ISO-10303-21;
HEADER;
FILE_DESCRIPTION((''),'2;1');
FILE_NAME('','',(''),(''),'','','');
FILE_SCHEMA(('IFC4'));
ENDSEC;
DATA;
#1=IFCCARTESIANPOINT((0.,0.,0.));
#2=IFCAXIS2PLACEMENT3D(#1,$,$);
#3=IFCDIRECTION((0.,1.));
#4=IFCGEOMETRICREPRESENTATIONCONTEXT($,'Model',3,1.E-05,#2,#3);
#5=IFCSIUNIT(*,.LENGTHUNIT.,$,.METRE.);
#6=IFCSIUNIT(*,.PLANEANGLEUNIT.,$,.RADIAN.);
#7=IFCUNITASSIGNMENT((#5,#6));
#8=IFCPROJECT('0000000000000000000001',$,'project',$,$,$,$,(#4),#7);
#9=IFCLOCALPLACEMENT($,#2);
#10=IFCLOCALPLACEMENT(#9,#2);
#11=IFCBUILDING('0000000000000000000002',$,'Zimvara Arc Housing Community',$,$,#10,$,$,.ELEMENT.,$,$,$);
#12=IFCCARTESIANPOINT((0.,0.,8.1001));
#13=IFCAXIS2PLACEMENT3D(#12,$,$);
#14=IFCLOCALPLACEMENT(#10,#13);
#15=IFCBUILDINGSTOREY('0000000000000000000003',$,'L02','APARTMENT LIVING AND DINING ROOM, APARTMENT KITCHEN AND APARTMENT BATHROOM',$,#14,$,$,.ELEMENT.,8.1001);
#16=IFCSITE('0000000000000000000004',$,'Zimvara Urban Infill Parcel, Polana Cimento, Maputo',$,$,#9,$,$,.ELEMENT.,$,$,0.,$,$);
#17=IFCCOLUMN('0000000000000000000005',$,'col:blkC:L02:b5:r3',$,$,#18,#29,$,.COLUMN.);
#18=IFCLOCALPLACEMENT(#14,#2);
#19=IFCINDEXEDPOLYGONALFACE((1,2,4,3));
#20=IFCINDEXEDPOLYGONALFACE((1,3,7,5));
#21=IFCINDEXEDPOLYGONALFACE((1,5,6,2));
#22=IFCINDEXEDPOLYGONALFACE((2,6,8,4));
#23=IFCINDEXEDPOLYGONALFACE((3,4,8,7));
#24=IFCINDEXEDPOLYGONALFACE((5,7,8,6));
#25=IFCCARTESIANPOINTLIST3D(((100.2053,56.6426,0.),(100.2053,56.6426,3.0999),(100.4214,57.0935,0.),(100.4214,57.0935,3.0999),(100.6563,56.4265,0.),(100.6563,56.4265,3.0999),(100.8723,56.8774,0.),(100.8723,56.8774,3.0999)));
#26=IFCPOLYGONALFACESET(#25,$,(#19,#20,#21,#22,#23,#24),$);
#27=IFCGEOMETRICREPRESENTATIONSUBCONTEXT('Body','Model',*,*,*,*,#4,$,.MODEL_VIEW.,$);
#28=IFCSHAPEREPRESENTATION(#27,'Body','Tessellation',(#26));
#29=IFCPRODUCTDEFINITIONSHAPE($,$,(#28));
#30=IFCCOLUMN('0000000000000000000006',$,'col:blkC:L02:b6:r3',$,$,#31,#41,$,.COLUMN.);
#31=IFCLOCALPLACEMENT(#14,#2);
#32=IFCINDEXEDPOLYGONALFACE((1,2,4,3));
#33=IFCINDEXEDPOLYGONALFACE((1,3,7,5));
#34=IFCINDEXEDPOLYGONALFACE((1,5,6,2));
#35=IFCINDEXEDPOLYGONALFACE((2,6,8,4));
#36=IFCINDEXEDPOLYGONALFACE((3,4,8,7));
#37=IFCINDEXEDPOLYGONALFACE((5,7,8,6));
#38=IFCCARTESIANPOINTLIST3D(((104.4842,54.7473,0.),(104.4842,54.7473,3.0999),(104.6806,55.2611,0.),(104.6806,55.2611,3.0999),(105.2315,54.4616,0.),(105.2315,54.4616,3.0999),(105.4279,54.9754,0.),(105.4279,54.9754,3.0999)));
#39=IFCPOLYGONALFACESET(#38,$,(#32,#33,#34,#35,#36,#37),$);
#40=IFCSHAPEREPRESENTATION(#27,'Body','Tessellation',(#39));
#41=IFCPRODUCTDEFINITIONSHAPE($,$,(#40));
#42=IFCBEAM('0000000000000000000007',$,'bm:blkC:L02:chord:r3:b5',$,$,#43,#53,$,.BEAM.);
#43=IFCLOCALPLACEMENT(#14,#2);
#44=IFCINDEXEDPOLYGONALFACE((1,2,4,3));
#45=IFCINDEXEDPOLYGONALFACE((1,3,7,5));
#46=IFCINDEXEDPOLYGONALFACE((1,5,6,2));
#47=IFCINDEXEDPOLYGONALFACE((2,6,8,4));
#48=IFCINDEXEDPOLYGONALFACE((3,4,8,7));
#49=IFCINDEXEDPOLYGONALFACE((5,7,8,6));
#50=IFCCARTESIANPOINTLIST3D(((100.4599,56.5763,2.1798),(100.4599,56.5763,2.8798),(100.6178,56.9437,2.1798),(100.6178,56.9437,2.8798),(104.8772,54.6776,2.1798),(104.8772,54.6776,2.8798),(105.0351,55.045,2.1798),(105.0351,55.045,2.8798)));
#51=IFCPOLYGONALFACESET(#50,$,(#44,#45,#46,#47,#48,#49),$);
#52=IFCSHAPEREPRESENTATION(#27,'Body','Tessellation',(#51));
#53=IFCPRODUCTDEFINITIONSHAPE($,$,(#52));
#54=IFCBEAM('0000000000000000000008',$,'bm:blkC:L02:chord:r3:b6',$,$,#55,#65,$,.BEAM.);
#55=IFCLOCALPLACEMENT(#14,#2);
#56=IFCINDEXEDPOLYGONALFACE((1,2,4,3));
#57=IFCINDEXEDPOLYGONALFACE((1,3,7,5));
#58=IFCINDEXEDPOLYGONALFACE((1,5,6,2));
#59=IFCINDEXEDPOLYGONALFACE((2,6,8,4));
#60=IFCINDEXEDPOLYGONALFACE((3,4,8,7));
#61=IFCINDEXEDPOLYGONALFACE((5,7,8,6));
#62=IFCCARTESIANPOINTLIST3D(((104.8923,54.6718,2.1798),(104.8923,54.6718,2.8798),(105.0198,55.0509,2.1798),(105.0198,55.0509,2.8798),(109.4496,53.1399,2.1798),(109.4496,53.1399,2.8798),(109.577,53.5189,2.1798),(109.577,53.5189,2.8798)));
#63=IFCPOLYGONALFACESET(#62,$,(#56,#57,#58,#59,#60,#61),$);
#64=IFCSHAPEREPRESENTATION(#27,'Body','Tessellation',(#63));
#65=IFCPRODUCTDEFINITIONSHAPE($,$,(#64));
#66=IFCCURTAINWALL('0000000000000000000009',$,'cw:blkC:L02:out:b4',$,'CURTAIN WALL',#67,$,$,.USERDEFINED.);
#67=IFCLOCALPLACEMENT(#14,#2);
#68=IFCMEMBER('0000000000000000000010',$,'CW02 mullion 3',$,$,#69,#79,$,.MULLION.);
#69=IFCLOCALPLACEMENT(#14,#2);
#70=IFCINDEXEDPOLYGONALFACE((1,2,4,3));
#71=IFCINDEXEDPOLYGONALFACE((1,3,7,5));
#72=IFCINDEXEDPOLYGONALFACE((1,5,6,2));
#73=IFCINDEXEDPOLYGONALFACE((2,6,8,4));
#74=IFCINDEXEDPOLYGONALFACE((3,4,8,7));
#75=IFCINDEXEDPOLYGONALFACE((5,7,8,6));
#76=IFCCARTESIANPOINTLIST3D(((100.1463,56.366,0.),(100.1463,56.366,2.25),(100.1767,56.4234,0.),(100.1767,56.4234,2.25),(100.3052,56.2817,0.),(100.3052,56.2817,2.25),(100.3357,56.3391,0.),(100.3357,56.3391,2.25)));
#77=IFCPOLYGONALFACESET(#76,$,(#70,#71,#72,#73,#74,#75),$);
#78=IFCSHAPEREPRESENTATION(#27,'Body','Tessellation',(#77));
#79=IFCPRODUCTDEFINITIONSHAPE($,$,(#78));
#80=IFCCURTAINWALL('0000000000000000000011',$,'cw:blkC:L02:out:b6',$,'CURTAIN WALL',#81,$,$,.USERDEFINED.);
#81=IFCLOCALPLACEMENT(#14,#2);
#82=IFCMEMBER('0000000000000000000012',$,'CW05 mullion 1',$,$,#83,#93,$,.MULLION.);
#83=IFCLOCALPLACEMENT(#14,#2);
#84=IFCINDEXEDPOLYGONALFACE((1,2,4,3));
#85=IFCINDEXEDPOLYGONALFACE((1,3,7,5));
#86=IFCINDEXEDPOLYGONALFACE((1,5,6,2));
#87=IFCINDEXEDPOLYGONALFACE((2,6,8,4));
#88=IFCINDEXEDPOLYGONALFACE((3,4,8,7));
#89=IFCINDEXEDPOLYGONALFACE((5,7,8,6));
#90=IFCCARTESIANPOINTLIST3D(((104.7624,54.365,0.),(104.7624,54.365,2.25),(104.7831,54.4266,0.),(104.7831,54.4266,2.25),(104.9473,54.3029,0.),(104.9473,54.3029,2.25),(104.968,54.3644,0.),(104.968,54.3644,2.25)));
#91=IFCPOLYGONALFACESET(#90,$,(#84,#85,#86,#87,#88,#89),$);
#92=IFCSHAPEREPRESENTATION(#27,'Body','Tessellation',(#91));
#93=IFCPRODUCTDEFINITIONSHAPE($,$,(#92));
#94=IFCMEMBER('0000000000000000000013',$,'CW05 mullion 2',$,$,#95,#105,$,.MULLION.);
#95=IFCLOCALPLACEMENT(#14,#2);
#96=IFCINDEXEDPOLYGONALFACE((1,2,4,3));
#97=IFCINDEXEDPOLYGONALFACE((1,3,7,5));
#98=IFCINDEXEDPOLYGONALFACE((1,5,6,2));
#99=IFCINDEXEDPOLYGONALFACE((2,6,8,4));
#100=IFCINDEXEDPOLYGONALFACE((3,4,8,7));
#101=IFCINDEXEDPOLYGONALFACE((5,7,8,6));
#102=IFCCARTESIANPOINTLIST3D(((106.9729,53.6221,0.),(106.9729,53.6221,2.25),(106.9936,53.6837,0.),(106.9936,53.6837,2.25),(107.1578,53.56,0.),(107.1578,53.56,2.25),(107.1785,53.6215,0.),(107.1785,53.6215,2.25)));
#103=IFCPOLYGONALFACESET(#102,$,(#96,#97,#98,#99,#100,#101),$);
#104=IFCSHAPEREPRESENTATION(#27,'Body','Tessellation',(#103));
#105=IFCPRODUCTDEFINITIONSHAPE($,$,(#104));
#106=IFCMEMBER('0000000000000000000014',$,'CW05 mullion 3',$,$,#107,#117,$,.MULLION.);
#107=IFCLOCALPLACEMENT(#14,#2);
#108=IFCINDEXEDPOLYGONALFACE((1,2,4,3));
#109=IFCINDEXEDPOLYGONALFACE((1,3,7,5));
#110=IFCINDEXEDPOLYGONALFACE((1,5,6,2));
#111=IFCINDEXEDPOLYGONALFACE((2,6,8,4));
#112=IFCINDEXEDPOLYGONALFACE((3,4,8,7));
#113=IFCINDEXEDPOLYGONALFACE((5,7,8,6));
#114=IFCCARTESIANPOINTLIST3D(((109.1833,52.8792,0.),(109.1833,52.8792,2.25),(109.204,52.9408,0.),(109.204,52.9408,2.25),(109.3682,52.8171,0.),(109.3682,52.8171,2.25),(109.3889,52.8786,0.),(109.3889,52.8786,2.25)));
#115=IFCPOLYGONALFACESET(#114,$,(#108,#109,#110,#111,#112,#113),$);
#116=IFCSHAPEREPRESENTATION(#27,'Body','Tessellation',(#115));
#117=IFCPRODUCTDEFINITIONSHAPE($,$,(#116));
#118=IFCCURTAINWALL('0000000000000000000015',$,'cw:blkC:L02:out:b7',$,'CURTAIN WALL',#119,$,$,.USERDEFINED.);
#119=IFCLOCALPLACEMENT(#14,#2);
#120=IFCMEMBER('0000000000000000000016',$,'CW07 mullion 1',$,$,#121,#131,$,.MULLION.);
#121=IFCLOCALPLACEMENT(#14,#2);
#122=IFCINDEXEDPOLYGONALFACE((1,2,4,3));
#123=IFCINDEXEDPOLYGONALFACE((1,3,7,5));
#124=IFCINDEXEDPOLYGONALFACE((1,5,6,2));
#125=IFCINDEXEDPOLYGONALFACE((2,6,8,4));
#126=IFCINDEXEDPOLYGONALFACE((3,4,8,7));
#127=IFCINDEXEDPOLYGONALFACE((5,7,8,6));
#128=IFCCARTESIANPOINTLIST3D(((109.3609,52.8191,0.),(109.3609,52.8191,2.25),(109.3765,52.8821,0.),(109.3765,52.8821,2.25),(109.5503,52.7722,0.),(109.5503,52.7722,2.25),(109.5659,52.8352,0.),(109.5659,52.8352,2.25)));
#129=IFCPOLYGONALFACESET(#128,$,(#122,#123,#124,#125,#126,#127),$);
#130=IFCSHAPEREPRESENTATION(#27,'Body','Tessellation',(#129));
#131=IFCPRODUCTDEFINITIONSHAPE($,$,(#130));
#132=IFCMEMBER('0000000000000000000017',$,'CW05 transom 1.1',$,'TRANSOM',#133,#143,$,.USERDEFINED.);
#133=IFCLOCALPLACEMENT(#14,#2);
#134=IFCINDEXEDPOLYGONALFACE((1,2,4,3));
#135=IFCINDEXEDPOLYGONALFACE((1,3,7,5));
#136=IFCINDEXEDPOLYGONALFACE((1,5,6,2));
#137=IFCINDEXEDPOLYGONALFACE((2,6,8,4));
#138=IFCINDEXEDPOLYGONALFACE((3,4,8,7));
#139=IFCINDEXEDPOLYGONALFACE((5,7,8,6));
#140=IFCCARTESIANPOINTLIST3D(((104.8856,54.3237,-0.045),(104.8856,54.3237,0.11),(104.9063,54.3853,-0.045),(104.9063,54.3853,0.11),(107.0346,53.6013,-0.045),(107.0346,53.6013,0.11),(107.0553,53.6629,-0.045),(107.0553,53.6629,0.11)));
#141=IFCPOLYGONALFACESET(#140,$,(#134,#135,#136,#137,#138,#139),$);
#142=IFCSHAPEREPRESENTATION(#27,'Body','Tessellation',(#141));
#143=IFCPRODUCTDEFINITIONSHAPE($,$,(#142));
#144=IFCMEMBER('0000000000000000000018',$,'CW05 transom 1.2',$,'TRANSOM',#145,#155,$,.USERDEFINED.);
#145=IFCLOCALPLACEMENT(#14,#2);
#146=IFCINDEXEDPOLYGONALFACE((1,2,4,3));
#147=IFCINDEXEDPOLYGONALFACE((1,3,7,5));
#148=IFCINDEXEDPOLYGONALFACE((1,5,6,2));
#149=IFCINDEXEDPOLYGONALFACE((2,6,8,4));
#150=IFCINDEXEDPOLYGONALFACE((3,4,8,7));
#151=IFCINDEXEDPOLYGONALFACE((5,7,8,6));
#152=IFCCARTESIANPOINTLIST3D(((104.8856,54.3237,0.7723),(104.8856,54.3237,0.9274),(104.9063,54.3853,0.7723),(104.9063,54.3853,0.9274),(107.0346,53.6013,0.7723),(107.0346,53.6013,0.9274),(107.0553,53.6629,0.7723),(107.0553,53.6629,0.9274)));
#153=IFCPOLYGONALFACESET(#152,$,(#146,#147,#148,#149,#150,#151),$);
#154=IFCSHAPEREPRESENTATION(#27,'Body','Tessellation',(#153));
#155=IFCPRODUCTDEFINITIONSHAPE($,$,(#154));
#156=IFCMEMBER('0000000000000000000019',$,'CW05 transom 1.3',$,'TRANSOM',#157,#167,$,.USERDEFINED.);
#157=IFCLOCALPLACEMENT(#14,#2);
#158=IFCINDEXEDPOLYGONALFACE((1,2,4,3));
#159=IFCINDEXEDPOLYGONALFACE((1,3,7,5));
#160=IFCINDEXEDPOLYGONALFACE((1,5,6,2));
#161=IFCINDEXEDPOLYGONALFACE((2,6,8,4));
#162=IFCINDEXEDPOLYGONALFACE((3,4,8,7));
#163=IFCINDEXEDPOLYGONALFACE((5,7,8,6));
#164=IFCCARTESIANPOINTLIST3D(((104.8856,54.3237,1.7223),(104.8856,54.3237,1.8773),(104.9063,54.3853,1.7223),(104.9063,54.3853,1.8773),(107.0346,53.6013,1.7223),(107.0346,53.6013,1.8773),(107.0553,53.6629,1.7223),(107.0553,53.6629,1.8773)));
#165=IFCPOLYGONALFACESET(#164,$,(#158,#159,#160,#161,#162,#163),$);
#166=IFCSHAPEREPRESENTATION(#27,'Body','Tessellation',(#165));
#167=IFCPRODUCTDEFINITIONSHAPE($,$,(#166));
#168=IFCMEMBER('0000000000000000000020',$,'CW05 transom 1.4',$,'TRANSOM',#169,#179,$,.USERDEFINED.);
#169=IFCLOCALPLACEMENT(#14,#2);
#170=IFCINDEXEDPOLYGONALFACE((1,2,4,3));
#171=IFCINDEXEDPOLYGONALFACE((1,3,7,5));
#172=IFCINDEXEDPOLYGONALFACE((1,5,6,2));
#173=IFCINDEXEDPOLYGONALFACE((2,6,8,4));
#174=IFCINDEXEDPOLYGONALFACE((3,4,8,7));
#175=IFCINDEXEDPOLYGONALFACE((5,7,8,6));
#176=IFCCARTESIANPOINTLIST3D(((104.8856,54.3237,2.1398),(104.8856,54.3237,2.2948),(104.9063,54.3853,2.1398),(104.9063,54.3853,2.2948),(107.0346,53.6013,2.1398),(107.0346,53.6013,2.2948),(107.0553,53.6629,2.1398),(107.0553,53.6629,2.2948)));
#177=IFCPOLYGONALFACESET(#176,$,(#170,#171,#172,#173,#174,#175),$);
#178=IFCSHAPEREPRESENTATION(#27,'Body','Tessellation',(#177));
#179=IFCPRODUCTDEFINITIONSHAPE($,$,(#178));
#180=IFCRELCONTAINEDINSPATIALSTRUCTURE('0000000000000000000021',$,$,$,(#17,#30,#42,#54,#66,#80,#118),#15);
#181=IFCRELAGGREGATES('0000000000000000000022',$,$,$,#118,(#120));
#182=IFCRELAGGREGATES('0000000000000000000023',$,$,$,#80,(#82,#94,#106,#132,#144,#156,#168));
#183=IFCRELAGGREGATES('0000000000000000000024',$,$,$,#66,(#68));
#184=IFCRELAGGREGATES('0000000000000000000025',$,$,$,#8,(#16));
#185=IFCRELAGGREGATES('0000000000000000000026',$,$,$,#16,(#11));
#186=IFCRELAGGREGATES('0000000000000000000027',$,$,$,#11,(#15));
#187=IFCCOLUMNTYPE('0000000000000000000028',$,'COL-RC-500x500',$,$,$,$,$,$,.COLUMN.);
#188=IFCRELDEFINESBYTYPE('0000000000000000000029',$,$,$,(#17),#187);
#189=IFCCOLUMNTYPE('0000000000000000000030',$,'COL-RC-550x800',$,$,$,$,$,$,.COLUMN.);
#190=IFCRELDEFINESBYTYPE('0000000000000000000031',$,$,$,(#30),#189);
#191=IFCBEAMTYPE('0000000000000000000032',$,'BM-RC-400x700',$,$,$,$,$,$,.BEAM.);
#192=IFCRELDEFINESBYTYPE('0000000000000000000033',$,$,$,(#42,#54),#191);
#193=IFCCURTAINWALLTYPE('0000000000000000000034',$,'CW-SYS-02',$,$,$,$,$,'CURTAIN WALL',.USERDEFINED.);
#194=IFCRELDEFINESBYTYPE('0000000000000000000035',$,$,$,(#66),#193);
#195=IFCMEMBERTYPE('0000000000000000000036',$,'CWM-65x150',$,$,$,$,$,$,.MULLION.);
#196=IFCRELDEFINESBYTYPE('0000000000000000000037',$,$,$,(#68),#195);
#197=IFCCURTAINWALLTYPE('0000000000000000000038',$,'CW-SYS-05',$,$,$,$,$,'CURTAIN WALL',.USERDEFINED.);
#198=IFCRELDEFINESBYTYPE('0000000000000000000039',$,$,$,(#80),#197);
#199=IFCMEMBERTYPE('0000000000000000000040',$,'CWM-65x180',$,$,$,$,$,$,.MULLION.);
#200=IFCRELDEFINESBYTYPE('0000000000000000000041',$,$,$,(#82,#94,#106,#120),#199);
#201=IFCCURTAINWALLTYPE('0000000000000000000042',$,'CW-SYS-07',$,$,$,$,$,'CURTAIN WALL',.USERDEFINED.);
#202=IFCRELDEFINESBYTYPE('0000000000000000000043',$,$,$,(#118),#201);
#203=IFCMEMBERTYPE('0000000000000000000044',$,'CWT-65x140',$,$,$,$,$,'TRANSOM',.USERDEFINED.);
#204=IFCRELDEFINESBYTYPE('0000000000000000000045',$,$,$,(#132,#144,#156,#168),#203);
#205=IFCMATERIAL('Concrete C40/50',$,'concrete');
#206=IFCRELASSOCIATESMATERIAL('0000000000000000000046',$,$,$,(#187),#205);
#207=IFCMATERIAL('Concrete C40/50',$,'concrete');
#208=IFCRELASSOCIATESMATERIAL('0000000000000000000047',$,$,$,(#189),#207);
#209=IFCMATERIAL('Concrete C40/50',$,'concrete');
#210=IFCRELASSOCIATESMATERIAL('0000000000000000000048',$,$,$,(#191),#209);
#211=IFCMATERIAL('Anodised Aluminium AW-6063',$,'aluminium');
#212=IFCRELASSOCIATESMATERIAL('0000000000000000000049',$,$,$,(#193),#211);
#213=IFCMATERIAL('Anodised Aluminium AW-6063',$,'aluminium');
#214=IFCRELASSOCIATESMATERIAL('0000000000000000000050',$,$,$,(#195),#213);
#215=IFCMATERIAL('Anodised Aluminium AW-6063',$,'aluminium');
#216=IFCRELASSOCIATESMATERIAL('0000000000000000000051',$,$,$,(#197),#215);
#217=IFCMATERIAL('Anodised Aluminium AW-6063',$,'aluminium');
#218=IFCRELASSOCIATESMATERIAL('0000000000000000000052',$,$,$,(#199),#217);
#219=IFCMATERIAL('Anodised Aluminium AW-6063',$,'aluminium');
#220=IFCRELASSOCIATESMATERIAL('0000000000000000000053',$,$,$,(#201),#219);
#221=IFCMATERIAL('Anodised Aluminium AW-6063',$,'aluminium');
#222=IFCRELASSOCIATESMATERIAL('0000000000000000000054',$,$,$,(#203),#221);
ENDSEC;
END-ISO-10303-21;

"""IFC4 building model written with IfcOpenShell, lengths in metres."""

from ifc_helpers import new_model, si_unit, direction, frame, origin, origin_2d, place, context, subcontext, project, spatial, rectangle, extrude, material, material_profile, profile_set, type_object, element, aggregate, save


model = new_model("IFC4")

# Units and contexts
model_context = context("Model", 3, precision=1e-05, world=origin(), true_north=direction((0.0, 1.0)))
body_context = subcontext(model_context, "Body", "Model", "MODEL_VIEW")
ifc_project = project(units=[si_unit("LENGTHUNIT", "METRE"), si_unit("PLANEANGLEUNIT", "RADIAN")], contexts=[model_context])

# Site, building, storey
site_placement = place(None, origin())
site = spatial("IfcSite", under=ifc_project, at=site_placement, Name="Zimvara Urban Infill Parcel, Polana Cimento, Maputo", CompositionType="ELEMENT", RefElevation=0.0)
building_placement = place(site_placement, origin())
building = spatial("IfcBuilding", under=site, at=building_placement, Name="Zimvara Arc Housing Community", CompositionType="ELEMENT")
storey_placement = place(building_placement, frame((0.0, 0.0, 8.1001)))
storey = spatial("IfcBuildingStorey", under=building, at=storey_placement, Name="L02", Description="APARTMENT LIVING AND DINING ROOM, APARTMENT KITCHEN AND APARTMENT BATHROOM", CompositionType="ELEMENT", Elevation=8.1001)

# Columns
ifc_material_1 = material(Name="Concrete C40/50", Category="concrete")
ifc_material_profile_1 = material_profile(ifc_material_1, rectangle(XDim=0.5, YDim=0.5, at=origin_2d()), Name="RC 500x500")
ifc_profile_set_1 = profile_set([ifc_material_profile_1], Name="Concrete C40/50")
column_type_1 = type_object("IfcColumnType", Name="COL-RC-500x500", PredefinedType="COLUMN", material=ifc_profile_set_1)
column_1_placement = place(storey_placement, frame((100.5388, 56.76, 0.0), z_axis=(0.0, 0.0, 1.0), x_axis=(-0.432086, -0.901833, 0.0)))
element("IfcColumn", 1, at=column_1_placement, inside=storey, type_object=column_type_1, Name="col:blkC:L02:b5:r3", PredefinedType="COLUMN", context=body_context, shape_type="SweptSolid", body=[
    extrude(rectangle(XDim=0.5, YDim=0.5, at=origin_2d()), origin(), (0.0, 0.0, 1.0), 3.0999),
])
ifc_material_2 = material(Name="Concrete C40/50", Category="concrete")
ifc_material_profile_2 = material_profile(ifc_material_2, rectangle(XDim=0.55, YDim=0.8, at=origin_2d()), Name="RC 550x800")
ifc_profile_set_2 = profile_set([ifc_material_profile_2], Name="Concrete C40/50")
column_type_2 = type_object("IfcColumnType", Name="COL-RC-550x800", PredefinedType="COLUMN", material=ifc_profile_set_2)
column_2_placement = place(storey_placement, frame((104.9561, 54.8613, 0.0), z_axis=(0.0, 0.0, 1.0), x_axis=(-0.357064, -0.93408, 0.0)))
element("IfcColumn", 2, at=column_2_placement, inside=storey, type_object=column_type_2, Name="col:blkC:L02:b6:r3", PredefinedType="COLUMN", context=body_context, shape_type="SweptSolid", body=[
    extrude(rectangle(XDim=0.55, YDim=0.8, at=origin_2d()), origin(), (0.0, 0.0, 1.0), 3.0999),
])

# Beams
ifc_material_3 = material(Name="Concrete C40/50", Category="concrete")
ifc_material_profile_3 = material_profile(ifc_material_3, rectangle(XDim=0.3999, YDim=0.7, at=origin_2d()), Name="RC 400x700")
ifc_profile_set_3 = profile_set([ifc_material_profile_3], Name="Concrete C40/50")
beam_type = type_object("IfcBeamType", Name="BM-RC-400x700", PredefinedType="BEAM", material=ifc_profile_set_3)
beam_1_placement = place(storey_placement, frame((100.5388, 56.76, 2.5298), z_axis=(0.918724, -0.3949, 0.0), x_axis=(0.3949, 0.918724, 0.0)))
element("IfcBeam", 3, at=beam_1_placement, inside=storey, type_object=beam_type, Name="bm:blkC:L02:chord:r3:b5", PredefinedType="BEAM", context=body_context, shape_type="SweptSolid", body=[
    extrude(rectangle(XDim=0.3999, YDim=0.7, at=origin_2d()), origin(), (0.0, 0.0, 1.0), 4.8081),
])
beam_2_placement = place(storey_placement, frame((104.9561, 54.8613, 2.5298), z_axis=(0.947878, -0.318634, 0.0), x_axis=(0.318634, 0.947878, 0.0)))
element("IfcBeam", 4, at=beam_2_placement, inside=storey, type_object=beam_type, Name="bm:blkC:L02:chord:r3:b6", PredefinedType="BEAM", context=body_context, shape_type="SweptSolid", body=[
    extrude(rectangle(XDim=0.3999, YDim=0.7, at=origin_2d()), origin(), (0.0, 0.0, 1.0), 4.8079),
])

# Curtain wall, member
ifc_material_4 = material(Name="Anodised Aluminium AW-6063", Category="aluminium")
curtain_wall_type_1 = type_object("IfcCurtainWallType", Name="CW-SYS-02", ElementType="CURTAIN WALL", PredefinedType="USERDEFINED", material=ifc_material_4)
curtain_wall_1_placement = place(storey_placement, origin())
curtain_wall_1 = element("IfcCurtainWall", 5, at=curtain_wall_1_placement, inside=storey, type_object=curtain_wall_type_1, Name="cw:blkC:L02:out:b4", ObjectType="CURTAIN WALL", PredefinedType="USERDEFINED")
ifc_material_5 = material(Name="Anodised Aluminium AW-6063", Category="aluminium")
ifc_material_profile_4 = material_profile(ifc_material_5, rectangle(XDim=0.0649, YDim=0.1799, at=origin_2d()), Name="ALU 65x180")
ifc_profile_set_4 = profile_set([ifc_material_profile_4], Name="Anodised Aluminium AW-6063")
member_type_1 = type_object("IfcMemberType", Name="CWM-65x150", PredefinedType="MULLION", material=ifc_profile_set_4)
member_1_placement = place(storey_placement, frame((100.241, 56.3525, 0.0), z_axis=(0.0, 0.0, 1.0), x_axis=(0.468547, 0.883439, 0.0)))
member_1 = element("IfcMember", 6, at=member_1_placement, type_object=member_type_1, Name="CW02 mullion 3", PredefinedType="MULLION", context=body_context, shape_type="SweptSolid", body=[
    extrude(rectangle(XDim=0.0649, YDim=0.1799, at=origin_2d()), origin(), (0.0, 0.0, 1.0), 2.25),
])

# Curtain wall, members
ifc_material_6 = material(Name="Anodised Aluminium AW-6063", Category="aluminium")
curtain_wall_type_2 = type_object("IfcCurtainWallType", Name="CW-SYS-05", ElementType="CURTAIN WALL", PredefinedType="USERDEFINED", material=ifc_material_6)
curtain_wall_2_placement = place(storey_placement, origin())
curtain_wall_2 = element("IfcCurtainWall", 7, at=curtain_wall_2_placement, inside=storey, type_object=curtain_wall_type_2, Name="cw:blkC:L02:out:b6", ObjectType="CURTAIN WALL", PredefinedType="USERDEFINED")
ifc_material_7 = material(Name="Anodised Aluminium AW-6063", Category="aluminium")
ifc_material_profile_5 = material_profile(ifc_material_7, rectangle(XDim=0.0649, YDim=0.1951, at=origin_2d()), Name="ALU 65x195")
ifc_profile_set_5 = profile_set([ifc_material_profile_5], Name="Anodised Aluminium AW-6063")
member_type_2 = type_object("IfcMemberType", Name="CWM-65x180", PredefinedType="MULLION", material=ifc_profile_set_5)
member_2_placement = place(storey_placement, frame((104.8652, 54.3647, 0.0), z_axis=(0.0, 0.0, 1.0), x_axis=(0.318629, 0.94788, 0.0)))
member_2 = element("IfcMember", 8, at=member_2_placement, type_object=member_type_2, Name="CW05 mullion 1", PredefinedType="MULLION", context=body_context, shape_type="SweptSolid", body=[
    extrude(rectangle(XDim=0.0649, YDim=0.1951, at=origin_2d()), origin(), (0.0, 0.0, 1.0), 2.25),
])
member_3_placement = place(storey_placement, frame((107.0757, 53.6218, 0.0), z_axis=(0.0, 0.0, 1.0), x_axis=(0.318629, 0.94788, 0.0)))
member_3 = element("IfcMember", 9, at=member_3_placement, type_object=member_type_2, Name="CW05 mullion 2", PredefinedType="MULLION", context=body_context, shape_type="SweptSolid", body=[
    extrude(rectangle(XDim=0.0649, YDim=0.1951, at=origin_2d()), origin(), (0.0, 0.0, 1.0), 2.25),
])
member_4_placement = place(storey_placement, frame((109.2861, 52.8789, 0.0), z_axis=(0.0, 0.0, 1.0), x_axis=(0.318629, 0.94788, 0.0)))
member_4 = element("IfcMember", 10, at=member_4_placement, type_object=member_type_2, Name="CW05 mullion 3", PredefinedType="MULLION", context=body_context, shape_type="SweptSolid", body=[
    extrude(rectangle(XDim=0.0649, YDim=0.1951, at=origin_2d()), origin(), (0.0, 0.0, 1.0), 2.25),
])

# Curtain wall, member
ifc_material_8 = material(Name="Anodised Aluminium AW-6063", Category="aluminium")
curtain_wall_type_3 = type_object("IfcCurtainWallType", Name="CW-SYS-07", ElementType="CURTAIN WALL", PredefinedType="USERDEFINED", material=ifc_material_8)
curtain_wall_3_placement = place(storey_placement, origin())
curtain_wall_3 = element("IfcCurtainWall", 11, at=curtain_wall_3_placement, inside=storey, type_object=curtain_wall_type_3, Name="cw:blkC:L02:out:b7", ObjectType="CURTAIN WALL", PredefinedType="USERDEFINED")
member_5_placement = place(storey_placement, frame((109.4634, 52.8271, 0.0), z_axis=(0.0, 0.0, 1.0), x_axis=(0.24023, 0.970716, 0.0)))
member_5 = element("IfcMember", 12, at=member_5_placement, type_object=member_type_2, Name="CW07 mullion 1", PredefinedType="MULLION", context=body_context, shape_type="SweptSolid", body=[
    extrude(rectangle(XDim=0.0649, YDim=0.1951, at=origin_2d()), origin(), (0.0, 0.0, 1.0), 2.25),
])

# Members
ifc_material_9 = material(Name="Anodised Aluminium AW-6063", Category="aluminium")
ifc_material_profile_6 = material_profile(ifc_material_9, rectangle(XDim=0.0649, YDim=0.155, at=origin_2d()), Name="ALU 65x155")
ifc_profile_set_6 = profile_set([ifc_material_profile_6], Name="Anodised Aluminium AW-6063")
member_type_3 = type_object("IfcMemberType", Name="CWT-65x140", ElementType="TRANSOM", PredefinedType="USERDEFINED", material=ifc_profile_set_6)
member_6_placement = place(storey_placement, frame((104.896, 54.3545, 0.0325), z_axis=(0.947873, -0.31865, 0.0), x_axis=(0.31865, 0.947873, 0.0)))
member_6 = element("IfcMember", 13, at=member_6_placement, type_object=member_type_3, Name="CW05 transom 1.1", ObjectType="TRANSOM", PredefinedType="USERDEFINED", context=body_context, shape_type="SweptSolid", body=[
    extrude(rectangle(XDim=0.0649, YDim=0.155, at=origin_2d()), origin(), (0.0, 0.0, 1.0), 2.2671),
])
member_7_placement = place(storey_placement, frame((104.896, 54.3545, 0.8499), z_axis=(0.947873, -0.31865, 0.0), x_axis=(0.31865, 0.947873, 0.0)))
member_7 = element("IfcMember", 14, at=member_7_placement, type_object=member_type_3, Name="CW05 transom 1.2", ObjectType="TRANSOM", PredefinedType="USERDEFINED", context=body_context, shape_type="SweptSolid", body=[
    extrude(rectangle(XDim=0.0649, YDim=0.155, at=origin_2d()), origin(), (0.0, 0.0, 1.0), 2.2671),
])
member_8_placement = place(storey_placement, frame((104.896, 54.3545, 1.7998), z_axis=(0.947873, -0.31865, 0.0), x_axis=(0.31865, 0.947873, 0.0)))
member_8 = element("IfcMember", 15, at=member_8_placement, type_object=member_type_3, Name="CW05 transom 1.3", ObjectType="TRANSOM", PredefinedType="USERDEFINED", context=body_context, shape_type="SweptSolid", body=[
    extrude(rectangle(XDim=0.0649, YDim=0.155, at=origin_2d()), origin(), (0.0, 0.0, 1.0), 2.2671),
])
member_9_placement = place(storey_placement, frame((104.896, 54.3545, 2.2173), z_axis=(0.947873, -0.31865, 0.0), x_axis=(0.31865, 0.947873, 0.0)))
member_9 = element("IfcMember", 16, at=member_9_placement, type_object=member_type_3, Name="CW05 transom 1.4", ObjectType="TRANSOM", PredefinedType="USERDEFINED", context=body_context, shape_type="SweptSolid", body=[
    extrude(rectangle(XDim=0.0649, YDim=0.155, at=origin_2d()), origin(), (0.0, 0.0, 1.0), 2.2671),
])
aggregate(curtain_wall_3, [member_5])

aggregate(curtain_wall_2, [member_2, member_3, member_4, member_6, member_7, member_8, member_9])
aggregate(curtain_wall_1, [member_1])

save(model, "model.ifc")
